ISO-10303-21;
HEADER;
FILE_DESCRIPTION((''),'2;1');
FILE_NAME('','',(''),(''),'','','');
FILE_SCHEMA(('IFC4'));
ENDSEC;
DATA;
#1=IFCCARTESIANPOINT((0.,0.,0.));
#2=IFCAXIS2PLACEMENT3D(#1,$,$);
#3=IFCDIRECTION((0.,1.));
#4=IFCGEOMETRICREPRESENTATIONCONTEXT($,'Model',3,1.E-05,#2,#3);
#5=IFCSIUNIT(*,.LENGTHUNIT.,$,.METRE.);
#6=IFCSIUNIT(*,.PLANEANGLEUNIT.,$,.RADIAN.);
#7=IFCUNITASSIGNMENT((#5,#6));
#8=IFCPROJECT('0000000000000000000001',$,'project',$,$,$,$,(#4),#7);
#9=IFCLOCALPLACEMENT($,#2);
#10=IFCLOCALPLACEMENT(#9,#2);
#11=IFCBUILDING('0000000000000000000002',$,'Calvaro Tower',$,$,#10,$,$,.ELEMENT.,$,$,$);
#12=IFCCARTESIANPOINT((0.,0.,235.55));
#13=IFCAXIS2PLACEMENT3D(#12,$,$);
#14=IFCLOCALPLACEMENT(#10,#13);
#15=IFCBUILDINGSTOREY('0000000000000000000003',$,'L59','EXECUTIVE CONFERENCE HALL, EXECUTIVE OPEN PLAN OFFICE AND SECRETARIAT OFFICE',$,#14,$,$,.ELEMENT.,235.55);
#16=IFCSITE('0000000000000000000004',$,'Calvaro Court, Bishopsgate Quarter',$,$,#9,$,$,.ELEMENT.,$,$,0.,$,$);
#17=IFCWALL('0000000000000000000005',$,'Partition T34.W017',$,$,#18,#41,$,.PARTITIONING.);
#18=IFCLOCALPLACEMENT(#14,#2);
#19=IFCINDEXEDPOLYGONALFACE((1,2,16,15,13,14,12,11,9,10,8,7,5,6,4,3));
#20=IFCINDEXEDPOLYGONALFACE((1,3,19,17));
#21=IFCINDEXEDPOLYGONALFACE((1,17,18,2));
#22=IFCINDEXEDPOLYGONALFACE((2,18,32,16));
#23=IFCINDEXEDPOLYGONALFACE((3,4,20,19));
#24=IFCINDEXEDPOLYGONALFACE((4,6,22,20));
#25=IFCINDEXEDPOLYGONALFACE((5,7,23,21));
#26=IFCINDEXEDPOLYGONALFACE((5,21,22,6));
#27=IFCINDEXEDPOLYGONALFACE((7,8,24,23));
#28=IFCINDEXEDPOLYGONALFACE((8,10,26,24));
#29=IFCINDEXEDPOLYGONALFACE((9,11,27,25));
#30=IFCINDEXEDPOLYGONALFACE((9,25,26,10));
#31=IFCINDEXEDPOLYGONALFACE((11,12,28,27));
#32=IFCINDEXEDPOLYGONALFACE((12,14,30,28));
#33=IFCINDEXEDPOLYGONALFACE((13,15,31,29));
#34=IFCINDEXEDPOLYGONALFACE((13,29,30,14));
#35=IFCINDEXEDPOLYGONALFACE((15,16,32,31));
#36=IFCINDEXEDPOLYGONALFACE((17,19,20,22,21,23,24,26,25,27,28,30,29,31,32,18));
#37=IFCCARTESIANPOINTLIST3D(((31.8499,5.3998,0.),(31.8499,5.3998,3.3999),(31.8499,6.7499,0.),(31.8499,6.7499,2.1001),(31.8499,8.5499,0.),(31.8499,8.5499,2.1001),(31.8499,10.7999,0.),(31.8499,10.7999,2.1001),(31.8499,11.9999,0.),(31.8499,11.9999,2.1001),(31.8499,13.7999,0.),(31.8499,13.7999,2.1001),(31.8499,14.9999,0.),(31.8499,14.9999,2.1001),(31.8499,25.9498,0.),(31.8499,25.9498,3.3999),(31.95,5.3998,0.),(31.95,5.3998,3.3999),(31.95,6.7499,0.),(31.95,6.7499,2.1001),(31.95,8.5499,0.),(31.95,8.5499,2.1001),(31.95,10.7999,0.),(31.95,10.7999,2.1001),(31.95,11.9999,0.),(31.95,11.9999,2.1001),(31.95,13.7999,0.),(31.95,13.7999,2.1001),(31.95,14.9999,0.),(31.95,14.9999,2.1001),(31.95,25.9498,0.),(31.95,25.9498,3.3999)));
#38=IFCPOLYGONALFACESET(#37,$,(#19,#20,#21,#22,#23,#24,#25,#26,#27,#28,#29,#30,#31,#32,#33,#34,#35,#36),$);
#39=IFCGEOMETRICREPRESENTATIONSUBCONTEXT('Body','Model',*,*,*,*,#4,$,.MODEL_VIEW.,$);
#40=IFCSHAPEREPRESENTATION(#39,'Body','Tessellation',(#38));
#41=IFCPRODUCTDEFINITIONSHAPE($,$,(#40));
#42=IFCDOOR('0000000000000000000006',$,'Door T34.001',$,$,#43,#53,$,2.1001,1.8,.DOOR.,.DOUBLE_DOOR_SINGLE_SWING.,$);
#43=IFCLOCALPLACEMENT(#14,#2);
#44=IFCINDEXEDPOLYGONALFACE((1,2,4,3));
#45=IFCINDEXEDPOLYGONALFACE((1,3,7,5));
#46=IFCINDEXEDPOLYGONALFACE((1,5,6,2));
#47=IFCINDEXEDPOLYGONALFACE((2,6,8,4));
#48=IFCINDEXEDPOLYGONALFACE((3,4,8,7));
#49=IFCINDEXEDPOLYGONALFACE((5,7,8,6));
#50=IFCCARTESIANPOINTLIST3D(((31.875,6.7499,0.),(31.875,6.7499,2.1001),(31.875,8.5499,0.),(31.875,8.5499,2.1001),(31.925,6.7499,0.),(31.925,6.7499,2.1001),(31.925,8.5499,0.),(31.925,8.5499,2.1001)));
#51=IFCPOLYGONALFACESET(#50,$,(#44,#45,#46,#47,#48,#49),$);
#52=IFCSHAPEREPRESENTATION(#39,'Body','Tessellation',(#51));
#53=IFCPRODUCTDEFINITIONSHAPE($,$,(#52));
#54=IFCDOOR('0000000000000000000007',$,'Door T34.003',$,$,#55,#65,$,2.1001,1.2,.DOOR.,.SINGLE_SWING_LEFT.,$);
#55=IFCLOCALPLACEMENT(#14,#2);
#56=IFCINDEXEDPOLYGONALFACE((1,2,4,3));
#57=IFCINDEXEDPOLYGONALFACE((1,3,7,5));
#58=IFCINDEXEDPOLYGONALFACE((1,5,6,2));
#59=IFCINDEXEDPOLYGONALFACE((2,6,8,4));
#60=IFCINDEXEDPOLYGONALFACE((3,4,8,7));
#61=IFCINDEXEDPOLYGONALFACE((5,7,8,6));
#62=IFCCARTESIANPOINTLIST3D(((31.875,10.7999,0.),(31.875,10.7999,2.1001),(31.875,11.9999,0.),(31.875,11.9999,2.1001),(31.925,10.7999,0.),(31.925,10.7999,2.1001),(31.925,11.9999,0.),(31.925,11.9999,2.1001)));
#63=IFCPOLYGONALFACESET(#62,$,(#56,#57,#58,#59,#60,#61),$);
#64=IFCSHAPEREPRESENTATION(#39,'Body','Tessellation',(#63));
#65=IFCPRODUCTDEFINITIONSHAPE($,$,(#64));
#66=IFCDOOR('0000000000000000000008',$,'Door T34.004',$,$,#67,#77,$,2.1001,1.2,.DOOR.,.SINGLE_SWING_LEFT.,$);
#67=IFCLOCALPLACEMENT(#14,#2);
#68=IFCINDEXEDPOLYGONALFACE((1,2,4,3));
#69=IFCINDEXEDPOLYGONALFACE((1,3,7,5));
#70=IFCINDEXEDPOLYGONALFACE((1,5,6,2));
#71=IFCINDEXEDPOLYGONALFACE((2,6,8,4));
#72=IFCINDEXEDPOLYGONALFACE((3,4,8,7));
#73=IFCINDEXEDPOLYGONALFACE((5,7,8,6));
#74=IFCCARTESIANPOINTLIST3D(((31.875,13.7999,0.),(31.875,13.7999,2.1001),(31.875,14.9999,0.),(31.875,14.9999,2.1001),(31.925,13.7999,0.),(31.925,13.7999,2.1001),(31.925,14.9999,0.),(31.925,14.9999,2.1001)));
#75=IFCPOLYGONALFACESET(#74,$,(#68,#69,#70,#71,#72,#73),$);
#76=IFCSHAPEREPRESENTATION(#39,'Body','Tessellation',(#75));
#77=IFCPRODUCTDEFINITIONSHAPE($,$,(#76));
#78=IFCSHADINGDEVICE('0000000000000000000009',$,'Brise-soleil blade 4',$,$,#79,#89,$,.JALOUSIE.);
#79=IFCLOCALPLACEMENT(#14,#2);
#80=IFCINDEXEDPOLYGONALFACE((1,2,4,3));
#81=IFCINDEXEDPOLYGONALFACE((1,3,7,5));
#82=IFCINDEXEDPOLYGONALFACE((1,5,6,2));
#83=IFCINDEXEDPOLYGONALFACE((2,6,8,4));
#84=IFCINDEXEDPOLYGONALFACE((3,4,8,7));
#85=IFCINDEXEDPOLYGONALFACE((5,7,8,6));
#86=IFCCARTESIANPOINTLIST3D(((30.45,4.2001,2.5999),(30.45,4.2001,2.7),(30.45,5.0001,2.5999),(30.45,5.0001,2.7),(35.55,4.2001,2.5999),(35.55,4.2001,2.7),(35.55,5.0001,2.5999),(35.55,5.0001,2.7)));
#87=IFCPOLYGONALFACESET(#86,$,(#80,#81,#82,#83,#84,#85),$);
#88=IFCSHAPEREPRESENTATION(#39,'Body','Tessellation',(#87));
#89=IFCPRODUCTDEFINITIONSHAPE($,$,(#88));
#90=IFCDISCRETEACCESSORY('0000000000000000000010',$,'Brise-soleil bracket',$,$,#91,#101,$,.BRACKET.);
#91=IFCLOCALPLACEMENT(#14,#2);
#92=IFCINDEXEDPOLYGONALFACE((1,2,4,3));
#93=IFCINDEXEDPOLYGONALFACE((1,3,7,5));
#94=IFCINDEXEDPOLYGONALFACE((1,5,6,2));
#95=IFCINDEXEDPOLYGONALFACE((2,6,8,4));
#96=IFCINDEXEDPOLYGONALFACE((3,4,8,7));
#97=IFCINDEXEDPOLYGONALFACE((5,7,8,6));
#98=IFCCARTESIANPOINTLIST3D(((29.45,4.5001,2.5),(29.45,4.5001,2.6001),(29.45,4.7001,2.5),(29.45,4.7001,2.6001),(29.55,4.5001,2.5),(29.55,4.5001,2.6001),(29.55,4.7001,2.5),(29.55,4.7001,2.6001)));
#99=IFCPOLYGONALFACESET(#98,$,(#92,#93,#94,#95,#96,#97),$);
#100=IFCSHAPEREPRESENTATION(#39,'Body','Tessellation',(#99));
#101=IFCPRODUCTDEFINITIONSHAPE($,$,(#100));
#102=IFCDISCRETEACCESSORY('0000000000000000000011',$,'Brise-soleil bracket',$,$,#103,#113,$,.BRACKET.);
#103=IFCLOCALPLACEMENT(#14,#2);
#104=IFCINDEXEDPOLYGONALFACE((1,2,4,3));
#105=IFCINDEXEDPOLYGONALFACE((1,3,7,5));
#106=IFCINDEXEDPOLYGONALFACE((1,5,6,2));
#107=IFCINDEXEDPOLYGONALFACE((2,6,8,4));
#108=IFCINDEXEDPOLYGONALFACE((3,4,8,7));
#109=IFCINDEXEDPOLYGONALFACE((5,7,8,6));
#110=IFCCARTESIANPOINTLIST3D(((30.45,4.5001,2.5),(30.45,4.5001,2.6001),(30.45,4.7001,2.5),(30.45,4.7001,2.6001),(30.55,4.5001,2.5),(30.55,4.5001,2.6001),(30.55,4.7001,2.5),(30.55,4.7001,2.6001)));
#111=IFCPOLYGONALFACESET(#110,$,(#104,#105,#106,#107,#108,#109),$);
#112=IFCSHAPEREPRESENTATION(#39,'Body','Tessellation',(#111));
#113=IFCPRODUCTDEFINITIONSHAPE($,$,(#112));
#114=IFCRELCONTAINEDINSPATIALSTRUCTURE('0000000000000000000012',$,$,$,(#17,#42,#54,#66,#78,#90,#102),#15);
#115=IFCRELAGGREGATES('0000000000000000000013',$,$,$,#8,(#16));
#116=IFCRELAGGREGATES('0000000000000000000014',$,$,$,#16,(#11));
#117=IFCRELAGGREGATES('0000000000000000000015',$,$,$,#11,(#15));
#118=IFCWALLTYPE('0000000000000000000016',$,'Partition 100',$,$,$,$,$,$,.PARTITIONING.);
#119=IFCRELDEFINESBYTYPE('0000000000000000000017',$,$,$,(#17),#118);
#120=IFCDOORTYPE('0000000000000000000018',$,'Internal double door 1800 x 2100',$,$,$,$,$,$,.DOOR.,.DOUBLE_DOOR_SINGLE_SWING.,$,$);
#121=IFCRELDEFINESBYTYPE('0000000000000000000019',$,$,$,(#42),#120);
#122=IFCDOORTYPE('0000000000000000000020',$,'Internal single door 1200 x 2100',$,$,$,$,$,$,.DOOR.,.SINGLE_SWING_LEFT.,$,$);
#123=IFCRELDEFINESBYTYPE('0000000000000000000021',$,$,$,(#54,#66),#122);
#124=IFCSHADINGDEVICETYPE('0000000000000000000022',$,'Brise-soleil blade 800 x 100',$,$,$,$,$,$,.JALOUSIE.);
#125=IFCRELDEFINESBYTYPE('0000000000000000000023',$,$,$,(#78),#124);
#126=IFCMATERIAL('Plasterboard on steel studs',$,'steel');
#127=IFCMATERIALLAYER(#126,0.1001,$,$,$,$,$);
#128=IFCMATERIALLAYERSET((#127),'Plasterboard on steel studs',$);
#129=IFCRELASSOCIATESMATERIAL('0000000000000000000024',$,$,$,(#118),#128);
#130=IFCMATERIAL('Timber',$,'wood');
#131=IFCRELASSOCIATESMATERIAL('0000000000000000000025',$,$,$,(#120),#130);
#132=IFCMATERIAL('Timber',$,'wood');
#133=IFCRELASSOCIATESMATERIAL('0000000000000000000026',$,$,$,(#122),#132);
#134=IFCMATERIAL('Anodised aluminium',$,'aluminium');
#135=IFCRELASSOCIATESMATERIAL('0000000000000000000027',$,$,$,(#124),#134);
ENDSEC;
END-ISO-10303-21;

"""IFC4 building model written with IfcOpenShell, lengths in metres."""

from ifc_helpers import new_model, si_unit, direction, frame, frame_2d, origin, origin_2d, place, context, subcontext, project, spatial, rectangle, extrude, material, layer, layer_set, material_profile, profile_set, type_object, element, fill, save


model = new_model("IFC4")

# Units and contexts
model_context = context("Model", 3, precision=1e-05, world=origin(), true_north=direction((0.0, 1.0)))
body_context = subcontext(model_context, "Body", "Model", "MODEL_VIEW")
ifc_project = project(units=[si_unit("LENGTHUNIT", "METRE"), si_unit("PLANEANGLEUNIT", "RADIAN")], contexts=[model_context])

# Site, building, storey
site_placement = place(None, origin())
site = spatial("IfcSite", under=ifc_project, at=site_placement, Name="Calvaro Court, Bishopsgate Quarter", CompositionType="ELEMENT", RefElevation=0.0)
building_placement = place(site_placement, origin())
building = spatial("IfcBuilding", under=site, at=building_placement, Name="Calvaro Tower", CompositionType="ELEMENT")
storey_placement = place(building_placement, frame((0.0, 0.0, 235.55)))
storey = spatial("IfcBuildingStorey", under=building, at=storey_placement, Name="L59", Description="EXECUTIVE CONFERENCE HALL, EXECUTIVE OPEN PLAN OFFICE AND SECRETARIAT OFFICE", CompositionType="ELEMENT", Elevation=235.55)

# Wall, openings, doors
ifc_material_1 = material(Name="Plasterboard on steel studs", Category="steel")
ifc_layer_1 = layer(ifc_material_1, 0.1001)
ifc_layer_set_1 = layer_set([ifc_layer_1], Name="Plasterboard on steel studs")
wall_type = type_object("IfcWallType", Name="Partition 100", PredefinedType="PARTITIONING", material=ifc_layer_set_1)
wall_placement = place(storey_placement, frame((31.8999, 5.3999, 0.0), z_axis=(0.0, 0.0, 1.0), x_axis=(0.0, 1.0, 0.0)))
wall = element("IfcWall", 1, at=wall_placement, inside=storey, type_object=wall_type, Name="Partition T34.W017", PredefinedType="PARTITIONING", context=body_context, shape_type="SweptSolid", body=[
    extrude(rectangle(XDim=20.55, YDim=0.1001, at=frame_2d((10.2749, 0.0))), origin(), (0.0, 0.0, 1.0), 3.3999),
])
opening_1_placement = place(wall_placement, frame((1.3501, 0.0, 0.0)))
opening_1 = element("IfcOpeningElement", 2, at=opening_1_placement, cuts=wall, PredefinedType="OPENING", context=body_context, shape_type="SweptSolid", body=[
    extrude(rectangle(XDim=1.8, YDim=2.1001, at=frame_2d((0.8999, 1.05))), frame((0.0, 0.0601, 0.0), z_axis=(0.0, -1.0, 0.0), x_axis=(1.0, 0.0, 0.0)), (0.0, 0.0, 1.0), 0.1201),
])
opening_2_placement = place(wall_placement, frame((5.3999, 0.0, 0.0)))
opening_2 = element("IfcOpeningElement", 3, at=opening_2_placement, cuts=wall, PredefinedType="OPENING", context=body_context, shape_type="SweptSolid", body=[
    extrude(rectangle(XDim=1.2, YDim=2.1001, at=frame_2d((0.6001, 1.05))), frame((0.0, 0.0601, 0.0), z_axis=(0.0, -1.0, 0.0), x_axis=(1.0, 0.0, 0.0)), (0.0, 0.0, 1.0), 0.1201),
])
opening_3_placement = place(wall_placement, frame((8.3999, 0.0, 0.0)))
opening_3 = element("IfcOpeningElement", 4, at=opening_3_placement, cuts=wall, PredefinedType="OPENING", context=body_context, shape_type="SweptSolid", body=[
    extrude(rectangle(XDim=1.2, YDim=2.1001, at=frame_2d((0.6001, 1.05))), frame((0.0, 0.0601, 0.0), z_axis=(0.0, -1.0, 0.0), x_axis=(1.0, 0.0, 0.0)), (0.0, 0.0, 1.0), 0.1201),
])
ifc_material_2 = material(Name="Timber", Category="wood")
door_type_1 = type_object("IfcDoorType", Name="Internal double door 1800 x 2100", OperationType="DOUBLE_DOOR_SINGLE_SWING", PredefinedType="DOOR", material=ifc_material_2)
door_1_placement = place(opening_1_placement, origin())
door_1 = element("IfcDoor", 5, at=door_1_placement, inside=storey, type_object=door_type_1, Name="Door T34.001", OperationType="DOUBLE_DOOR_SINGLE_SWING", OverallHeight=2.1001, OverallWidth=1.8, PredefinedType="DOOR", context=body_context, shape_type="SweptSolid", body=[
    extrude(rectangle(XDim=1.8, YDim=2.1001, at=frame_2d((0.8999, 1.05))), frame((0.0, 0.0249, 0.0), z_axis=(0.0, -1.0, 0.0), x_axis=(1.0, 0.0, 0.0)), (0.0, 0.0, 1.0), 0.05),
])
fill(opening_1, door_1)
ifc_material_3 = material(Name="Timber", Category="wood")
door_type_2 = type_object("IfcDoorType", Name="Internal single door 1200 x 2100", OperationType="SINGLE_SWING_LEFT", PredefinedType="DOOR", material=ifc_material_3)
door_2_placement = place(opening_2_placement, origin())
door_2 = element("IfcDoor", 6, at=door_2_placement, inside=storey, type_object=door_type_2, Name="Door T34.003", OperationType="SINGLE_SWING_LEFT", OverallHeight=2.1001, OverallWidth=1.2, PredefinedType="DOOR", context=body_context, shape_type="SweptSolid", body=[
    extrude(rectangle(XDim=1.2, YDim=2.1001, at=frame_2d((0.6001, 1.05))), frame((0.0, 0.0249, 0.0), z_axis=(0.0, -1.0, 0.0), x_axis=(1.0, 0.0, 0.0)), (0.0, 0.0, 1.0), 0.05),
])
fill(opening_2, door_2)
door_3_placement = place(opening_3_placement, origin())
door_3 = element("IfcDoor", 7, at=door_3_placement, inside=storey, type_object=door_type_2, Name="Door T34.004", OperationType="SINGLE_SWING_LEFT", OverallHeight=2.1001, OverallWidth=1.2, PredefinedType="DOOR", context=body_context, shape_type="SweptSolid", body=[
    extrude(rectangle(XDim=1.2, YDim=2.1001, at=frame_2d((0.6001, 1.05))), frame((0.0, 0.0249, 0.0), z_axis=(0.0, -1.0, 0.0), x_axis=(1.0, 0.0, 0.0)), (0.0, 0.0, 1.0), 0.05),
])
fill(opening_3, door_3)

# Shading device
ifc_material_4 = material(Name="Anodised aluminium", Category="aluminium")
ifc_material_profile_1 = material_profile(ifc_material_4, rectangle(XDim=0.8, YDim=0.1001, at=origin_2d()), Name="Brise-soleil blade 800 x 100")
ifc_profile_set_1 = profile_set([ifc_material_profile_1], Name="Anodised aluminium")
shading_device_type = type_object("IfcShadingDeviceType", Name="Brise-soleil blade 800 x 100", PredefinedType="JALOUSIE", material=ifc_profile_set_1)
shading_device_placement = place(storey_placement, frame((30.45, 4.6001, 2.6499), z_axis=(1.0, 0.0, 0.0), x_axis=(0.0, 1.0, 0.0)))
element("IfcShadingDevice", 8, at=shading_device_placement, inside=storey, type_object=shading_device_type, Name="Brise-soleil blade 4", PredefinedType="JALOUSIE", context=body_context, shape_type="SweptSolid", body=[
    extrude(rectangle(XDim=0.8, YDim=0.1001, at=origin_2d()), origin(), (0.0, 0.0, 1.0), 5.1001),
])

# Discrete accessories
for number, where, z_axis, x_axis, name in (
    (9, (29.5, 4.6001, 2.5), (0.0, 0.0, 1.0), (1.0, 0.0, 0.0), "Brise-soleil bracket"),
    (10, (30.5, 4.6001, 2.5), (0.0, 0.0, 1.0), (1.0, 0.0, 0.0), "Brise-soleil bracket"),
):
    element("IfcDiscreteAccessory", number, at=place(storey_placement, frame(where, z_axis=z_axis, x_axis=x_axis)), inside=storey, Name=name, PredefinedType="BRACKET", context=body_context, shape_type="SweptSolid", body=[
        extrude(rectangle(XDim=0.1001, YDim=0.2, at=origin_2d()), origin(), (0.0, 0.0, 1.0), 0.1001),
    ])

save(model, "model.ifc")
